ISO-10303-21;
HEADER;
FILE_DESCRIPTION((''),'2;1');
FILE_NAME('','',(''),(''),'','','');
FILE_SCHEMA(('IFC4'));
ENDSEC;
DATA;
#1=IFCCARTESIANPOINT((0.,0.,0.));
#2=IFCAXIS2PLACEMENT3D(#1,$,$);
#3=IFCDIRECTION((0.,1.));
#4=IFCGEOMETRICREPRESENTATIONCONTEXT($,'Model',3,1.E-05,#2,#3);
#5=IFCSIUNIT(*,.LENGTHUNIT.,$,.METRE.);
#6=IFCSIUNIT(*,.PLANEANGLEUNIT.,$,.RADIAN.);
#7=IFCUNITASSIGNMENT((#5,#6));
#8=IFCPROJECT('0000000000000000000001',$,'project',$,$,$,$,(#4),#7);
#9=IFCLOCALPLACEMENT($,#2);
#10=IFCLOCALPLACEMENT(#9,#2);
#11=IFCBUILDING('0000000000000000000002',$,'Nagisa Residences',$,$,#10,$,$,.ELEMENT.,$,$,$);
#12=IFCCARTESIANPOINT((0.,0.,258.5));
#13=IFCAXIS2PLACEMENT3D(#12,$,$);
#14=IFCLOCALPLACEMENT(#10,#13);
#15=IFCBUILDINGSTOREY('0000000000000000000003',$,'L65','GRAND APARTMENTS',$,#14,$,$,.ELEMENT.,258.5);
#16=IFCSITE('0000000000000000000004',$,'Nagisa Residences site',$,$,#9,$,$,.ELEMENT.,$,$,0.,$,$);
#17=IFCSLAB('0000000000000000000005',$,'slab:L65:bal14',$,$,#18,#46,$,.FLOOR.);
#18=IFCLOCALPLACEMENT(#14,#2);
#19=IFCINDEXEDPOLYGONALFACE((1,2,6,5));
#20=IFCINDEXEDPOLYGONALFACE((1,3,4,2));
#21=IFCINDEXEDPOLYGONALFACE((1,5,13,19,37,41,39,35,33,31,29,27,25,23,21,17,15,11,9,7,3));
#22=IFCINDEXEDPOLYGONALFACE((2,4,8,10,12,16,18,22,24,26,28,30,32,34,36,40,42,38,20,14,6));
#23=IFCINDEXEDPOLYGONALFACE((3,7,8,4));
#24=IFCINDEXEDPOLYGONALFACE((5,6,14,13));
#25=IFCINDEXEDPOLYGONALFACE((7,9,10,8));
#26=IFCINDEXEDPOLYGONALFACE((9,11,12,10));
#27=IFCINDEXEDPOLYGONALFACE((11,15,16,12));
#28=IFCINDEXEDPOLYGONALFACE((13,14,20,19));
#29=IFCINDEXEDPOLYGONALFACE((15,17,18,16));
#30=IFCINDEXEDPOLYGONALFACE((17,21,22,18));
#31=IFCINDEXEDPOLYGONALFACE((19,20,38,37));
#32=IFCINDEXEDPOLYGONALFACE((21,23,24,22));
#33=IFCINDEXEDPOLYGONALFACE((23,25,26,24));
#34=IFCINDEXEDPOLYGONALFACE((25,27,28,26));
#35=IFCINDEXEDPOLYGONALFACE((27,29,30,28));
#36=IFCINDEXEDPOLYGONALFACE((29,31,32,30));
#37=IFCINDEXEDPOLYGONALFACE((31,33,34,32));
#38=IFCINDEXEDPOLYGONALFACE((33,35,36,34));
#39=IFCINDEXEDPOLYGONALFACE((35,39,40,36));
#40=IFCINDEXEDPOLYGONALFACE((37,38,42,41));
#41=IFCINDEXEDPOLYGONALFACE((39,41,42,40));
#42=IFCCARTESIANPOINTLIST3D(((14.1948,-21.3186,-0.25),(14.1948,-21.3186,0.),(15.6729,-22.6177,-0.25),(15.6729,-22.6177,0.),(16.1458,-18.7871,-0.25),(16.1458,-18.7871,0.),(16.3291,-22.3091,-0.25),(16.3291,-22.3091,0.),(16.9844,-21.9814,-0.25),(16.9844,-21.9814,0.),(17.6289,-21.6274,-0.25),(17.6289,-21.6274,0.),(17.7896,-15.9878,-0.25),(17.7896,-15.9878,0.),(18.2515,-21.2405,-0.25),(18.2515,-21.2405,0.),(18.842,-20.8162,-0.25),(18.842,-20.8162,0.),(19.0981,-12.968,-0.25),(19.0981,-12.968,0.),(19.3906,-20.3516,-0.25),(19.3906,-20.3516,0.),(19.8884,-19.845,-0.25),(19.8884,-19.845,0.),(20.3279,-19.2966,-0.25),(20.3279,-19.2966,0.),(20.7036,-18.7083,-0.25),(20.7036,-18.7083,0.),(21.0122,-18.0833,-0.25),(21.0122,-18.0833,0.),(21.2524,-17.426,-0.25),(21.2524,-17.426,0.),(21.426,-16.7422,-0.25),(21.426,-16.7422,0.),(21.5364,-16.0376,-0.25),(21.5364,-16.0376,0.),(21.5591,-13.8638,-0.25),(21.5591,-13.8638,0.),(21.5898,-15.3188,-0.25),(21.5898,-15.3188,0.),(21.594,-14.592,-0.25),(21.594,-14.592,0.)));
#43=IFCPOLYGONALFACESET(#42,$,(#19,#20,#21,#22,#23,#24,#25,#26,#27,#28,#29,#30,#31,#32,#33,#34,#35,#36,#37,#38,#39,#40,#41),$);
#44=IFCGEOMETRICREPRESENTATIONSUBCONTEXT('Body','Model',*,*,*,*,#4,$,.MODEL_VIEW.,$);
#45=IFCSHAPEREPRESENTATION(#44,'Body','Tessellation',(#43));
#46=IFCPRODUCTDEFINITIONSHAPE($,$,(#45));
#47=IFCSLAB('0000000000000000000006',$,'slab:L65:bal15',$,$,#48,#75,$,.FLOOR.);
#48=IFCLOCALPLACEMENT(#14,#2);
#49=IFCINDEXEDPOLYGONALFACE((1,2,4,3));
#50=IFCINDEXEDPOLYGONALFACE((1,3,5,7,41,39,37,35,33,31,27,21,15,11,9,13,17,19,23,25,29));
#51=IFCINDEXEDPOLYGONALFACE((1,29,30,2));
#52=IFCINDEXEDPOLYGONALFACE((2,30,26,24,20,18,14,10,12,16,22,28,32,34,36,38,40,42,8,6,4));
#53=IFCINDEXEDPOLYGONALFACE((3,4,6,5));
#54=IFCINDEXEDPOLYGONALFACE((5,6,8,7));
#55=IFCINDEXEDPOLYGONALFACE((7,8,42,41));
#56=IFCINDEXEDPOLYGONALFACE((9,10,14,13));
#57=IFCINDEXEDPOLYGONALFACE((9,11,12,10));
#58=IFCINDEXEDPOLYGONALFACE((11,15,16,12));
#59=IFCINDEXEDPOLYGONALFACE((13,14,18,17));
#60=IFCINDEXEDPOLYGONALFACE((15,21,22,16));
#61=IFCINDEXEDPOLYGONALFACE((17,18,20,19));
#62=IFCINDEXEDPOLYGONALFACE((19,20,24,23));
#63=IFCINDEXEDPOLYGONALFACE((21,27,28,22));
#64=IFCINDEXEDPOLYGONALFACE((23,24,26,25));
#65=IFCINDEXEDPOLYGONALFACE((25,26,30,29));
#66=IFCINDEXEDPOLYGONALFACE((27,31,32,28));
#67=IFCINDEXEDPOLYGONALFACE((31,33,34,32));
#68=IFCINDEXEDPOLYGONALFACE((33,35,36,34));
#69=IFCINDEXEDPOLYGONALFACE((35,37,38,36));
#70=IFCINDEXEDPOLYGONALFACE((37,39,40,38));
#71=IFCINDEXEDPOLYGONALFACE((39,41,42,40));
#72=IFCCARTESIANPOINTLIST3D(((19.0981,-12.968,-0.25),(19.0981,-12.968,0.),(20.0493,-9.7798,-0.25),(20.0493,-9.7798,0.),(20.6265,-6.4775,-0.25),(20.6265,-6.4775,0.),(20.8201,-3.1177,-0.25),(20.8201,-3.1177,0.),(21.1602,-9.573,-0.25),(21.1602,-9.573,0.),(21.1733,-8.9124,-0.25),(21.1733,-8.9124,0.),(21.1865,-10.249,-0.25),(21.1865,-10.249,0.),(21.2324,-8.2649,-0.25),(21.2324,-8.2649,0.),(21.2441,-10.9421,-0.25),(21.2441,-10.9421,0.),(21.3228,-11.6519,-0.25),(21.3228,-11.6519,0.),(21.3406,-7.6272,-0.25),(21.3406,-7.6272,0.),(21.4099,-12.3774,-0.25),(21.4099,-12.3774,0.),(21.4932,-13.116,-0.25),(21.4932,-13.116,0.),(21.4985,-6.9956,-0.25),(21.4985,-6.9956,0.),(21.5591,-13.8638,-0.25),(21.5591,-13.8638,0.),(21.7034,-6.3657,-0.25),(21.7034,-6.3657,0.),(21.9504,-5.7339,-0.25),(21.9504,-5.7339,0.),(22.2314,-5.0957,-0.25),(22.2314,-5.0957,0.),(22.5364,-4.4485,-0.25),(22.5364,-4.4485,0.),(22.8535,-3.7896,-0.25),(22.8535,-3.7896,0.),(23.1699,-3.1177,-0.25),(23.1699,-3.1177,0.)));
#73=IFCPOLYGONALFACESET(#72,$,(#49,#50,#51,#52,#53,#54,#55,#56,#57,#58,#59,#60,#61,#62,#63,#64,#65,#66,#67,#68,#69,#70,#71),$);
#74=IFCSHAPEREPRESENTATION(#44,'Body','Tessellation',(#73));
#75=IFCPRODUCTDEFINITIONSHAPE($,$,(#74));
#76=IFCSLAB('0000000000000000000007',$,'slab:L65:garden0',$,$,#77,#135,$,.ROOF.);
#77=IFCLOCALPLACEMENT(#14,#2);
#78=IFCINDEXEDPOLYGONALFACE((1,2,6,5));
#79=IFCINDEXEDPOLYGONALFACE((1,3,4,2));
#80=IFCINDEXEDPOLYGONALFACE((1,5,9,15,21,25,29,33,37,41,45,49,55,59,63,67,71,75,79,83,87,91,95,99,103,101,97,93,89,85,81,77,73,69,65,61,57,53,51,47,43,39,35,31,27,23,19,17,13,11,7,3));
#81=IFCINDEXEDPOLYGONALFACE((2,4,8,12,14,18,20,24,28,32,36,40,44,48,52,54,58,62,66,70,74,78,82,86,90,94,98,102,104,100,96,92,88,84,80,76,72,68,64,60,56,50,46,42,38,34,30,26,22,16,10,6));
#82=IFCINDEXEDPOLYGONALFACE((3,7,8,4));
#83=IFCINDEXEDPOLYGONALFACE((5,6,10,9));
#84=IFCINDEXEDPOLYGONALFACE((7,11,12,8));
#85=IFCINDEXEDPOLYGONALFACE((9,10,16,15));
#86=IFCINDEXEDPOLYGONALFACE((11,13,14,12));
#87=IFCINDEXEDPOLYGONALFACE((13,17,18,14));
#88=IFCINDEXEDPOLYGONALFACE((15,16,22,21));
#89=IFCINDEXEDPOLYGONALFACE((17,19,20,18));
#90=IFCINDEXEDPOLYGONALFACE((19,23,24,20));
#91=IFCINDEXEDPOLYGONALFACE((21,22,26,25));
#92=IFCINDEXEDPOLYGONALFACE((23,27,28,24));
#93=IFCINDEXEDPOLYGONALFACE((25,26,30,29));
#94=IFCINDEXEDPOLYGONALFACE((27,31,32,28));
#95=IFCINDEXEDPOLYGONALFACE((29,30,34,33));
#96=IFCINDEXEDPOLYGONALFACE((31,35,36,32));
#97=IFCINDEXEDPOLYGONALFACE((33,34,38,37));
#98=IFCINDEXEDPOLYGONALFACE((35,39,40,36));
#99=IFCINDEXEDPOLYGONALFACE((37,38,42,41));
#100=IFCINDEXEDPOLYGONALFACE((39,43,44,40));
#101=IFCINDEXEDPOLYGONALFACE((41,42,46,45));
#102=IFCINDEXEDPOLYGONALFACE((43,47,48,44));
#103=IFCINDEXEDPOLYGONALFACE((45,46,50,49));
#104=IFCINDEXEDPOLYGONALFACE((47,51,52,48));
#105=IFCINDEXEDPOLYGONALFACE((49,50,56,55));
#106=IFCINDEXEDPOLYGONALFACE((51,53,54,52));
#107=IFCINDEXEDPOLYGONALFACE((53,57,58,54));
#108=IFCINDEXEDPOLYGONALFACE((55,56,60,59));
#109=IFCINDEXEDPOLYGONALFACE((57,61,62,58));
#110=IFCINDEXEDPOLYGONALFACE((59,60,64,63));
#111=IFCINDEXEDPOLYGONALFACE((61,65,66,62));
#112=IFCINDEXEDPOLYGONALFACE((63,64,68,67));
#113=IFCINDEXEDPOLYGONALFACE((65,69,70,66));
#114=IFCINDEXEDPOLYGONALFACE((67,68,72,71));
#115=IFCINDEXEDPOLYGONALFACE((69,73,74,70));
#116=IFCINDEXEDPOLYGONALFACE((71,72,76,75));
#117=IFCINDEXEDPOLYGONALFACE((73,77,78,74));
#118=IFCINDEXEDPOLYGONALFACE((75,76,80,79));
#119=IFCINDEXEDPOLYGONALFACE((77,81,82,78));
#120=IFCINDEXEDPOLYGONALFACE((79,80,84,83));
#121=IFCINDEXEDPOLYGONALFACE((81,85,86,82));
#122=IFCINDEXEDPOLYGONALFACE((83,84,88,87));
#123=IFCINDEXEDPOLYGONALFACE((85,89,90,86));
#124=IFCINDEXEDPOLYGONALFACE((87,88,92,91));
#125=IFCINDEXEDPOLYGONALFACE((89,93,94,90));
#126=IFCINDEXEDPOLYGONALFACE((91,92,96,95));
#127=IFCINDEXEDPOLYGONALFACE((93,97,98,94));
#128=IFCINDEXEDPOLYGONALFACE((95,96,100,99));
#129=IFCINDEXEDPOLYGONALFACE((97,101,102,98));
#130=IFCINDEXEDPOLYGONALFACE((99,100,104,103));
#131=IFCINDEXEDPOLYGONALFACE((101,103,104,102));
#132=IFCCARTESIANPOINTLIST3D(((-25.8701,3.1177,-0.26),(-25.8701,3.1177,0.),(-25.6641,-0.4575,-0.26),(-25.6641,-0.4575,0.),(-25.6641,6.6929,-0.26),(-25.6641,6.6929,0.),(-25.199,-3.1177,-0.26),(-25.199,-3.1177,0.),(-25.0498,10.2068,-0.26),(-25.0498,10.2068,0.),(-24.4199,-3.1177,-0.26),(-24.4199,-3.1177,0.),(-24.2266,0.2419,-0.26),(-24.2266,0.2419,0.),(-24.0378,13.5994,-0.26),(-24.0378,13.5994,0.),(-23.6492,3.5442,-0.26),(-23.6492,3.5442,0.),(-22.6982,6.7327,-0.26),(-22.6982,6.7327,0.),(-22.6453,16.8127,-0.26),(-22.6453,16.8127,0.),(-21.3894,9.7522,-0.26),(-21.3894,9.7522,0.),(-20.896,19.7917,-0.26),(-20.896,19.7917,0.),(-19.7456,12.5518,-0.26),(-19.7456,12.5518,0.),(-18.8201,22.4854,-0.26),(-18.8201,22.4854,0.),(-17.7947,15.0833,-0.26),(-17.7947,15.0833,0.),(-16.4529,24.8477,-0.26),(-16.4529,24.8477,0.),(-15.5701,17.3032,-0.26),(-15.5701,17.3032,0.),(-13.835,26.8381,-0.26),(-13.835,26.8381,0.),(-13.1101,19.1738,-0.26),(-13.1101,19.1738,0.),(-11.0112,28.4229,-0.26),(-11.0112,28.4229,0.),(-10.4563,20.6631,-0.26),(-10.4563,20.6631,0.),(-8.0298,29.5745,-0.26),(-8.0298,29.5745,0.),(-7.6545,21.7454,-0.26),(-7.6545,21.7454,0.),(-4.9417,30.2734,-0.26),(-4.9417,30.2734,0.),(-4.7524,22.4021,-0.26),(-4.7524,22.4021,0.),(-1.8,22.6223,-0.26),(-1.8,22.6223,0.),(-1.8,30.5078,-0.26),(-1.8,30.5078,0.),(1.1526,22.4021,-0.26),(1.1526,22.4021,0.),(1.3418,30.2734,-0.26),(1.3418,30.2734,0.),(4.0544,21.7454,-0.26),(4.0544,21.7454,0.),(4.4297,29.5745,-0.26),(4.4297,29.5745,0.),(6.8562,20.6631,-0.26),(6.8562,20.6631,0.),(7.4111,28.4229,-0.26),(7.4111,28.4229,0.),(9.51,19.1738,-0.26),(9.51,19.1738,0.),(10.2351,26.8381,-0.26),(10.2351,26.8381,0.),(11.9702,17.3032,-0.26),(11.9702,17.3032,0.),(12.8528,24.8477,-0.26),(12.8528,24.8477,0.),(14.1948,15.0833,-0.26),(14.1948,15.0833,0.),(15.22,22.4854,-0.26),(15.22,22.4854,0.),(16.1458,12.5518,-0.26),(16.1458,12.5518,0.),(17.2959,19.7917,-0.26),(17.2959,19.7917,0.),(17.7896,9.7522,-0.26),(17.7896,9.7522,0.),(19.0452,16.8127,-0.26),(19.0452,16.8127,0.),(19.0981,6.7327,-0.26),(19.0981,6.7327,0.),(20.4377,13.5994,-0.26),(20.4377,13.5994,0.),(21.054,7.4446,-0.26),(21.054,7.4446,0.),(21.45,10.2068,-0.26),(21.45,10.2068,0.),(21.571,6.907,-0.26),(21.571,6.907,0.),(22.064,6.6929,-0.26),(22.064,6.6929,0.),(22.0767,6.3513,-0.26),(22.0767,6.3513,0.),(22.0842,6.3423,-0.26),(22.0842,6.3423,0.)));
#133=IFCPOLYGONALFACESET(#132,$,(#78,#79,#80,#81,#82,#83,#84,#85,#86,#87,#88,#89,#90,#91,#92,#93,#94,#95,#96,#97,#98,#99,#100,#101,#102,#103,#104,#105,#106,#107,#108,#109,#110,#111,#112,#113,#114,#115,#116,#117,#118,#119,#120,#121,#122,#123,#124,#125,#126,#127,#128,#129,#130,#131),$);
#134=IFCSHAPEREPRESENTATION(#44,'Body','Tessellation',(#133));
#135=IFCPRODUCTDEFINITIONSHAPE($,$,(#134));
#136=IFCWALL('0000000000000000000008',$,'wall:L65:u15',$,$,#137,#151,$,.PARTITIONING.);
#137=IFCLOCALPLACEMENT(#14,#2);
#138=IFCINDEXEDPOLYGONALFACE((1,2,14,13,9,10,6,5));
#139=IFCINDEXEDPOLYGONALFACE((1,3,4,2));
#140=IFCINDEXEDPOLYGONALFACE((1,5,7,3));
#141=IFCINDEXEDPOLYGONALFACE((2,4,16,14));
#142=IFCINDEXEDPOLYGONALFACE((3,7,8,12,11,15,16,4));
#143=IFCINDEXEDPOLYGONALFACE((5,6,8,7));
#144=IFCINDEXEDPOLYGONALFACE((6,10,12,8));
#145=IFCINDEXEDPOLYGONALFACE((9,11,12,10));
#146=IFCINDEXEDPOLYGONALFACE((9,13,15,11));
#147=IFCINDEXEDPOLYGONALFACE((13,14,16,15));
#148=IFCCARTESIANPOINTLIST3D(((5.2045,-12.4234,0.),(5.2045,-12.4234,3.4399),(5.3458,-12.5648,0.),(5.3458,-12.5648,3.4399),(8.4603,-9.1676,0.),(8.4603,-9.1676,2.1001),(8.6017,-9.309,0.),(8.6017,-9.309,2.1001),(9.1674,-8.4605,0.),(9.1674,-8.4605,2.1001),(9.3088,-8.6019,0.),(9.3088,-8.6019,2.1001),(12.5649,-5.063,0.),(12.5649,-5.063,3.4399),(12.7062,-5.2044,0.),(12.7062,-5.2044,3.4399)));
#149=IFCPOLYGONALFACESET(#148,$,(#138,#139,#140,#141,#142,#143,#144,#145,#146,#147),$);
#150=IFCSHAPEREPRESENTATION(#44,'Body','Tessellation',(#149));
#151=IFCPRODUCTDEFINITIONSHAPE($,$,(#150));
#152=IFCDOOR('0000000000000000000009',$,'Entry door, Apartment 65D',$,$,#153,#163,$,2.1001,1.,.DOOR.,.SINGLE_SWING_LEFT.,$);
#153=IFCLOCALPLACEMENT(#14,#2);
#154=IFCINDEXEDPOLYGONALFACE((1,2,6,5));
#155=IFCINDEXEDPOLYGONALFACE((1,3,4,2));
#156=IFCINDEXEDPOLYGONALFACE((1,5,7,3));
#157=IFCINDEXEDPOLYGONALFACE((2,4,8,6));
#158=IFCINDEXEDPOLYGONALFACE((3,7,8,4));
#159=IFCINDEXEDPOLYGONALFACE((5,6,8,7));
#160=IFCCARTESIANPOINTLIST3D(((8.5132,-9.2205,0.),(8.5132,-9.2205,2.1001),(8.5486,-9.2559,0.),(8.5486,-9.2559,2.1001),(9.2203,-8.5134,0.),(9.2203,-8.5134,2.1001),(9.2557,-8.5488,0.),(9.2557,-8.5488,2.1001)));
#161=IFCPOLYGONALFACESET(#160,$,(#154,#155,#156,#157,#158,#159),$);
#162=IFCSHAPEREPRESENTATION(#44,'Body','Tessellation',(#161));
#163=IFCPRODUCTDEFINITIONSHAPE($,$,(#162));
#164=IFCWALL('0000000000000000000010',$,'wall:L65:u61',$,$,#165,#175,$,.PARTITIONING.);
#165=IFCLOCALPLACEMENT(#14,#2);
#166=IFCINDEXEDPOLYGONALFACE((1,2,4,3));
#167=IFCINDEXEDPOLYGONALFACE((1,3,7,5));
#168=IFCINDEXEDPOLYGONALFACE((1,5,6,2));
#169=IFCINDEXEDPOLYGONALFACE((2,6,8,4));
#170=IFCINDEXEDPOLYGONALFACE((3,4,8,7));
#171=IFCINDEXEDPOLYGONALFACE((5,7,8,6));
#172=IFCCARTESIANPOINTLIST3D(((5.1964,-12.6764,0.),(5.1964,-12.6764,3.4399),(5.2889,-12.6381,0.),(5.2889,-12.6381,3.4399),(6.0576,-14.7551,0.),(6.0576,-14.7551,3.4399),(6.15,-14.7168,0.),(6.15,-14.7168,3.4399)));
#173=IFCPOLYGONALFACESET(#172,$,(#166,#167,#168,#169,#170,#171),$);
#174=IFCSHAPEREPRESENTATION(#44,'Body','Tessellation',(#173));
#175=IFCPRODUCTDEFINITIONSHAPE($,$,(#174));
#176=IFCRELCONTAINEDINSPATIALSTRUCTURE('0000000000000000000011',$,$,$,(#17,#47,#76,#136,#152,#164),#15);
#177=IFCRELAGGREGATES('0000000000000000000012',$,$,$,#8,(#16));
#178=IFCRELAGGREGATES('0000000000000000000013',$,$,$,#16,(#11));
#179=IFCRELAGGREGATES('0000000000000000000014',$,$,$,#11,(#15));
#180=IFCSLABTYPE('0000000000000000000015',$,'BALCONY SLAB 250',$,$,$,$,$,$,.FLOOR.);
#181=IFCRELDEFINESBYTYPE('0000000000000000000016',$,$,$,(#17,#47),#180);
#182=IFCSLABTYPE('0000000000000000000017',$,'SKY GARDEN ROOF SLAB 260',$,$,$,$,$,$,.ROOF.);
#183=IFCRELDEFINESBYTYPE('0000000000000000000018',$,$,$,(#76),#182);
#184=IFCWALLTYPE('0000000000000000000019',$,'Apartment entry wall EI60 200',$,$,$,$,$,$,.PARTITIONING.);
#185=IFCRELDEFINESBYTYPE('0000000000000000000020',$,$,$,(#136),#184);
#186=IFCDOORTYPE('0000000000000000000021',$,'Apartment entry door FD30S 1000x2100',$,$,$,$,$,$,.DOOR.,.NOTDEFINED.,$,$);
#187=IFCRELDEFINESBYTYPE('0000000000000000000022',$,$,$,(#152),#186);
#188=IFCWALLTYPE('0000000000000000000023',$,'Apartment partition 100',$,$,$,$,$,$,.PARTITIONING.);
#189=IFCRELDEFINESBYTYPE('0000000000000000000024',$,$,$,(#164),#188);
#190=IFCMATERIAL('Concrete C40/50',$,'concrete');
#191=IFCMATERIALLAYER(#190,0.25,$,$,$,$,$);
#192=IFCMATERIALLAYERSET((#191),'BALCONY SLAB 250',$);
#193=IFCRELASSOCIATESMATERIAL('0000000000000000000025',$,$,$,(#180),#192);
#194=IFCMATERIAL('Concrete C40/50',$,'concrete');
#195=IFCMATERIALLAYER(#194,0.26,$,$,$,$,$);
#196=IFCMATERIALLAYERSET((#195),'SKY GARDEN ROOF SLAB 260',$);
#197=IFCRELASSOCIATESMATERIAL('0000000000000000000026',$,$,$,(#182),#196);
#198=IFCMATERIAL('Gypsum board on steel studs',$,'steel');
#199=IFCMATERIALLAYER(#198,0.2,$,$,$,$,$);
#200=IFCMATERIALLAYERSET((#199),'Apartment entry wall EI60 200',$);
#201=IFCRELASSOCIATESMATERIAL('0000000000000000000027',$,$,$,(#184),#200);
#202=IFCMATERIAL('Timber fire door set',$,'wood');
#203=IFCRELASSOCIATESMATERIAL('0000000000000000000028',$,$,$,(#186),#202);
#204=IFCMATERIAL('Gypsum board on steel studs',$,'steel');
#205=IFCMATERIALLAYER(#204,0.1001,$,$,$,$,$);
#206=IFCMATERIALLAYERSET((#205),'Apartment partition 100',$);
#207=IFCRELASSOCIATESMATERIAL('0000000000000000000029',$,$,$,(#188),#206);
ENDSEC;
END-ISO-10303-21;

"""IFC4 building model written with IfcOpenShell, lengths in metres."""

from ifc_helpers import new_model, si_unit, direction, frame, frame_2d, origin, place, context, subcontext, project, spatial, polyline, rectangle, outline, extrude, material, layer, layer_set, type_object, element, fill, save


model = new_model("IFC4")

# Units and contexts
model_context = context("Model", 3, precision=1e-05, world=origin(), true_north=direction((0.0, 1.0)))
body_context = subcontext(model_context, "Body", "Model", "MODEL_VIEW")
ifc_project = project(units=[si_unit("LENGTHUNIT", "METRE"), si_unit("PLANEANGLEUNIT", "RADIAN")], contexts=[model_context])

# Site, building, storey
site_placement = place(None, origin())
site = spatial("IfcSite", under=ifc_project, at=site_placement, Name="Nagisa Residences site", CompositionType="ELEMENT", RefElevation=0.0)
building_placement = place(site_placement, origin())
building = spatial("IfcBuilding", under=site, at=building_placement, Name="Nagisa Residences", CompositionType="ELEMENT")
storey_placement = place(building_placement, frame((0.0, 0.0, 258.5)))
storey = spatial("IfcBuildingStorey", under=building, at=storey_placement, Name="L65", Description="GRAND APARTMENTS", CompositionType="ELEMENT", Elevation=258.5)

# Slabs
ifc_material_1 = material(Name="Concrete C40/50", Category="concrete")
ifc_layer_1 = layer(ifc_material_1, 0.25)
ifc_layer_set_1 = layer_set([ifc_layer_1], Name="BALCONY SLAB 250")
slab_type_1 = type_object("IfcSlabType", Name="BALCONY SLAB 250", PredefinedType="FLOOR", material=ifc_layer_set_1)
slab_1_placement = place(storey_placement, frame((0.0, 0.0, -0.25)))
element("IfcSlab", 1, at=slab_1_placement, inside=storey, type_object=slab_type_1, Name="slab:L65:bal14", PredefinedType="FLOOR", context=body_context, shape_type="SweptSolid", body=[
    extrude(outline(polyline([(15.6729, -22.6177), (16.3291, -22.3091), (16.9844, -21.9814), (17.6289, -21.6274), (18.2515, -21.2405), (18.842, -20.8162), (19.3906, -20.3516), (19.8884, -19.845), (20.3279, -19.2966), (20.7036, -18.7083), (21.0122, -18.0833), (21.2524, -17.426), (21.426, -16.7422), (21.5364, -16.0376), (21.5898, -15.3188), (21.594, -14.592), (21.5591, -13.8638), (19.0981, -12.968), (17.7896, -15.9878), (16.1458, -18.7871), (14.1948, -21.3186), (15.6729, -22.6177)])), origin(), (0.0, 0.0, 1.0), 0.25),
])
slab_2_placement = place(storey_placement, frame((0.0, 0.0, -0.25)))
element("IfcSlab", 2, at=slab_2_placement, inside=storey, type_object=slab_type_1, Name="slab:L65:bal15", PredefinedType="FLOOR", context=body_context, shape_type="SweptSolid", body=[
    extrude(outline(polyline([(21.5591, -13.8638), (21.4932, -13.116), (21.4099, -12.3774), (21.3228, -11.6519), (21.2441, -10.9421), (21.1865, -10.249), (21.1602, -9.573), (21.1733, -8.9124), (21.2324, -8.2649), (21.3406, -7.6272), (21.4985, -6.9956), (21.7034, -6.3657), (21.9504, -5.7339), (22.2314, -5.0957), (22.5364, -4.4485), (22.8535, -3.7896), (23.1699, -3.1177), (20.8201, -3.1177), (20.6265, -6.4775), (20.0493, -9.7798), (19.0981, -12.968), (21.5591, -13.8638)])), origin(), (0.0, 0.0, 1.0), 0.25),
])
ifc_material_2 = material(Name="Concrete C40/50", Category="concrete")
ifc_layer_2 = layer(ifc_material_2, 0.26)
ifc_layer_set_2 = layer_set([ifc_layer_2], Name="SKY GARDEN ROOF SLAB 260")
slab_type_2 = type_object("IfcSlabType", Name="SKY GARDEN ROOF SLAB 260", PredefinedType="ROOF", material=ifc_layer_set_2)
slab_3_placement = place(storey_placement, frame((0.0, 0.0, -0.26)))
element("IfcSlab", 3, at=slab_3_placement, inside=storey, type_object=slab_type_2, Name="slab:L65:garden0", PredefinedType="ROOF", context=body_context, shape_type="SweptSolid", body=[
    extrude(outline(polyline([(17.7896, 9.7522), (19.0981, 6.7327), (21.054, 7.4446), (21.571, 6.907), (22.0767, 6.3513), (22.0842, 6.3423), (22.064, 6.6929), (21.45, 10.2068), (20.4377, 13.5994), (19.0452, 16.8127), (17.2959, 19.7917), (15.22, 22.4854), (12.8528, 24.8477), (10.2351, 26.8381), (7.4111, 28.4229), (4.4297, 29.5745), (1.3418, 30.2734), (-1.8, 30.5078), (-4.9417, 30.2734), (-8.0298, 29.5745), (-11.0112, 28.4229), (-13.835, 26.8381), (-16.4529, 24.8477), (-18.8201, 22.4854), (-20.896, 19.7917), (-22.6453, 16.8127), (-24.0378, 13.5994), (-25.0498, 10.2068), (-25.6641, 6.6929), (-25.8701, 3.1177), (-25.6641, -0.4575), (-25.199, -3.1177), (-24.4199, -3.1177), (-24.2266, 0.2419), (-23.6492, 3.5442), (-22.6982, 6.7327), (-21.3894, 9.7522), (-19.7456, 12.5518), (-17.7947, 15.0833), (-15.5701, 17.3032), (-13.1101, 19.1738), (-10.4563, 20.6631), (-7.6545, 21.7454), (-4.7524, 22.4021), (-1.8, 22.6223), (1.1526, 22.4021), (4.0544, 21.7454), (6.8562, 20.6631), (9.51, 19.1738), (11.9702, 17.3032), (14.1948, 15.0833), (16.1458, 12.5518), (17.7896, 9.7522)])), origin(), (0.0, 0.0, 1.0), 0.26),
])

# Wall, opening, door
ifc_material_3 = material(Name="Gypsum board on steel studs", Category="steel")
ifc_layer_3 = layer(ifc_material_3, 0.2)
ifc_layer_set_3 = layer_set([ifc_layer_3], Name="Apartment entry wall EI60 200")
wall_type_1 = type_object("IfcWallType", Name="Apartment entry wall EI60 200", PredefinedType="PARTITIONING", material=ifc_layer_set_3)
wall_1_placement = place(storey_placement, frame((5.2751, -12.4941, 0.0), z_axis=(0.0, 0.0, 1.0), x_axis=(0.707107, 0.707107, 0.0)))
wall_1 = element("IfcWall", 4, at=wall_1_placement, inside=storey, type_object=wall_type_1, Name="wall:L65:u15", PredefinedType="PARTITIONING", context=body_context, shape_type="SweptSolid", body=[
    extrude(rectangle(XDim=10.4092, YDim=0.2, at=frame_2d((5.2046, 0.0))), origin(), (0.0, 0.0, 1.0), 3.4399),
])
opening_1_placement = place(wall_1_placement, frame((4.6045, 0.0, 0.0)))
opening_1 = element("IfcOpeningElement", 5, at=opening_1_placement, cuts=wall_1, PredefinedType="OPENING", context=body_context, shape_type="SweptSolid", body=[
    extrude(rectangle(XDim=1.0, YDim=2.1001, at=frame_2d((0.5, 1.05))), frame((0.0, 0.1099, 0.0), z_axis=(0.0, -1.0, 0.0), x_axis=(1.0, 0.0, 0.0)), (0.0, 0.0, 1.0), 0.22),
])
ifc_material_4 = material(Name="Timber fire door set", Category="wood")
door_type_1 = type_object("IfcDoorType", Name="Apartment entry door FD30S 1000x2100", OperationType="NOTDEFINED", PredefinedType="DOOR", material=ifc_material_4)
door_1_placement = place(opening_1_placement, frame((1.0, 0.0, 0.0), x_axis=(-1.0, 0.0, 0.0)))
door_1 = element("IfcDoor", 6, at=door_1_placement, inside=storey, type_object=door_type_1, Name="Entry door, Apartment 65D", OperationType="SINGLE_SWING_LEFT", OverallHeight=2.1001, OverallWidth=1.0, PredefinedType="DOOR", context=body_context, shape_type="SweptSolid", body=[
    extrude(rectangle(XDim=1.0, YDim=2.1001, at=frame_2d((0.5, 1.05))), frame((0.0, 0.0249, 0.0), z_axis=(0.0, -1.0, 0.0), x_axis=(1.0, 0.0, 0.0)), (0.0, 0.0, 1.0), 0.05),
])
fill(opening_1, door_1)

# Wall
ifc_material_5 = material(Name="Gypsum board on steel studs", Category="steel")
ifc_layer_4 = layer(ifc_material_5, 0.1001)
ifc_layer_set_4 = layer_set([ifc_layer_4], Name="Apartment partition 100")
wall_type_2 = type_object("IfcWallType", Name="Apartment partition 100", PredefinedType="PARTITIONING", material=ifc_layer_set_4)
wall_2_placement = place(storey_placement, frame((5.2427, -12.6572, 0.0), z_axis=(0.0, 0.0, 1.0), x_axis=(0.382719, -0.923865, 0.0)))
element("IfcWall", 7, at=wall_2_placement, inside=storey, type_object=wall_type_2, Name="wall:L65:u61", PredefinedType="PARTITIONING", context=body_context, shape_type="SweptSolid", body=[
    extrude(rectangle(XDim=2.25, YDim=0.1001, at=frame_2d((1.125, 0.0))), origin(), (0.0, 0.0, 1.0), 3.4399),
])

save(model, "model.ifc")
